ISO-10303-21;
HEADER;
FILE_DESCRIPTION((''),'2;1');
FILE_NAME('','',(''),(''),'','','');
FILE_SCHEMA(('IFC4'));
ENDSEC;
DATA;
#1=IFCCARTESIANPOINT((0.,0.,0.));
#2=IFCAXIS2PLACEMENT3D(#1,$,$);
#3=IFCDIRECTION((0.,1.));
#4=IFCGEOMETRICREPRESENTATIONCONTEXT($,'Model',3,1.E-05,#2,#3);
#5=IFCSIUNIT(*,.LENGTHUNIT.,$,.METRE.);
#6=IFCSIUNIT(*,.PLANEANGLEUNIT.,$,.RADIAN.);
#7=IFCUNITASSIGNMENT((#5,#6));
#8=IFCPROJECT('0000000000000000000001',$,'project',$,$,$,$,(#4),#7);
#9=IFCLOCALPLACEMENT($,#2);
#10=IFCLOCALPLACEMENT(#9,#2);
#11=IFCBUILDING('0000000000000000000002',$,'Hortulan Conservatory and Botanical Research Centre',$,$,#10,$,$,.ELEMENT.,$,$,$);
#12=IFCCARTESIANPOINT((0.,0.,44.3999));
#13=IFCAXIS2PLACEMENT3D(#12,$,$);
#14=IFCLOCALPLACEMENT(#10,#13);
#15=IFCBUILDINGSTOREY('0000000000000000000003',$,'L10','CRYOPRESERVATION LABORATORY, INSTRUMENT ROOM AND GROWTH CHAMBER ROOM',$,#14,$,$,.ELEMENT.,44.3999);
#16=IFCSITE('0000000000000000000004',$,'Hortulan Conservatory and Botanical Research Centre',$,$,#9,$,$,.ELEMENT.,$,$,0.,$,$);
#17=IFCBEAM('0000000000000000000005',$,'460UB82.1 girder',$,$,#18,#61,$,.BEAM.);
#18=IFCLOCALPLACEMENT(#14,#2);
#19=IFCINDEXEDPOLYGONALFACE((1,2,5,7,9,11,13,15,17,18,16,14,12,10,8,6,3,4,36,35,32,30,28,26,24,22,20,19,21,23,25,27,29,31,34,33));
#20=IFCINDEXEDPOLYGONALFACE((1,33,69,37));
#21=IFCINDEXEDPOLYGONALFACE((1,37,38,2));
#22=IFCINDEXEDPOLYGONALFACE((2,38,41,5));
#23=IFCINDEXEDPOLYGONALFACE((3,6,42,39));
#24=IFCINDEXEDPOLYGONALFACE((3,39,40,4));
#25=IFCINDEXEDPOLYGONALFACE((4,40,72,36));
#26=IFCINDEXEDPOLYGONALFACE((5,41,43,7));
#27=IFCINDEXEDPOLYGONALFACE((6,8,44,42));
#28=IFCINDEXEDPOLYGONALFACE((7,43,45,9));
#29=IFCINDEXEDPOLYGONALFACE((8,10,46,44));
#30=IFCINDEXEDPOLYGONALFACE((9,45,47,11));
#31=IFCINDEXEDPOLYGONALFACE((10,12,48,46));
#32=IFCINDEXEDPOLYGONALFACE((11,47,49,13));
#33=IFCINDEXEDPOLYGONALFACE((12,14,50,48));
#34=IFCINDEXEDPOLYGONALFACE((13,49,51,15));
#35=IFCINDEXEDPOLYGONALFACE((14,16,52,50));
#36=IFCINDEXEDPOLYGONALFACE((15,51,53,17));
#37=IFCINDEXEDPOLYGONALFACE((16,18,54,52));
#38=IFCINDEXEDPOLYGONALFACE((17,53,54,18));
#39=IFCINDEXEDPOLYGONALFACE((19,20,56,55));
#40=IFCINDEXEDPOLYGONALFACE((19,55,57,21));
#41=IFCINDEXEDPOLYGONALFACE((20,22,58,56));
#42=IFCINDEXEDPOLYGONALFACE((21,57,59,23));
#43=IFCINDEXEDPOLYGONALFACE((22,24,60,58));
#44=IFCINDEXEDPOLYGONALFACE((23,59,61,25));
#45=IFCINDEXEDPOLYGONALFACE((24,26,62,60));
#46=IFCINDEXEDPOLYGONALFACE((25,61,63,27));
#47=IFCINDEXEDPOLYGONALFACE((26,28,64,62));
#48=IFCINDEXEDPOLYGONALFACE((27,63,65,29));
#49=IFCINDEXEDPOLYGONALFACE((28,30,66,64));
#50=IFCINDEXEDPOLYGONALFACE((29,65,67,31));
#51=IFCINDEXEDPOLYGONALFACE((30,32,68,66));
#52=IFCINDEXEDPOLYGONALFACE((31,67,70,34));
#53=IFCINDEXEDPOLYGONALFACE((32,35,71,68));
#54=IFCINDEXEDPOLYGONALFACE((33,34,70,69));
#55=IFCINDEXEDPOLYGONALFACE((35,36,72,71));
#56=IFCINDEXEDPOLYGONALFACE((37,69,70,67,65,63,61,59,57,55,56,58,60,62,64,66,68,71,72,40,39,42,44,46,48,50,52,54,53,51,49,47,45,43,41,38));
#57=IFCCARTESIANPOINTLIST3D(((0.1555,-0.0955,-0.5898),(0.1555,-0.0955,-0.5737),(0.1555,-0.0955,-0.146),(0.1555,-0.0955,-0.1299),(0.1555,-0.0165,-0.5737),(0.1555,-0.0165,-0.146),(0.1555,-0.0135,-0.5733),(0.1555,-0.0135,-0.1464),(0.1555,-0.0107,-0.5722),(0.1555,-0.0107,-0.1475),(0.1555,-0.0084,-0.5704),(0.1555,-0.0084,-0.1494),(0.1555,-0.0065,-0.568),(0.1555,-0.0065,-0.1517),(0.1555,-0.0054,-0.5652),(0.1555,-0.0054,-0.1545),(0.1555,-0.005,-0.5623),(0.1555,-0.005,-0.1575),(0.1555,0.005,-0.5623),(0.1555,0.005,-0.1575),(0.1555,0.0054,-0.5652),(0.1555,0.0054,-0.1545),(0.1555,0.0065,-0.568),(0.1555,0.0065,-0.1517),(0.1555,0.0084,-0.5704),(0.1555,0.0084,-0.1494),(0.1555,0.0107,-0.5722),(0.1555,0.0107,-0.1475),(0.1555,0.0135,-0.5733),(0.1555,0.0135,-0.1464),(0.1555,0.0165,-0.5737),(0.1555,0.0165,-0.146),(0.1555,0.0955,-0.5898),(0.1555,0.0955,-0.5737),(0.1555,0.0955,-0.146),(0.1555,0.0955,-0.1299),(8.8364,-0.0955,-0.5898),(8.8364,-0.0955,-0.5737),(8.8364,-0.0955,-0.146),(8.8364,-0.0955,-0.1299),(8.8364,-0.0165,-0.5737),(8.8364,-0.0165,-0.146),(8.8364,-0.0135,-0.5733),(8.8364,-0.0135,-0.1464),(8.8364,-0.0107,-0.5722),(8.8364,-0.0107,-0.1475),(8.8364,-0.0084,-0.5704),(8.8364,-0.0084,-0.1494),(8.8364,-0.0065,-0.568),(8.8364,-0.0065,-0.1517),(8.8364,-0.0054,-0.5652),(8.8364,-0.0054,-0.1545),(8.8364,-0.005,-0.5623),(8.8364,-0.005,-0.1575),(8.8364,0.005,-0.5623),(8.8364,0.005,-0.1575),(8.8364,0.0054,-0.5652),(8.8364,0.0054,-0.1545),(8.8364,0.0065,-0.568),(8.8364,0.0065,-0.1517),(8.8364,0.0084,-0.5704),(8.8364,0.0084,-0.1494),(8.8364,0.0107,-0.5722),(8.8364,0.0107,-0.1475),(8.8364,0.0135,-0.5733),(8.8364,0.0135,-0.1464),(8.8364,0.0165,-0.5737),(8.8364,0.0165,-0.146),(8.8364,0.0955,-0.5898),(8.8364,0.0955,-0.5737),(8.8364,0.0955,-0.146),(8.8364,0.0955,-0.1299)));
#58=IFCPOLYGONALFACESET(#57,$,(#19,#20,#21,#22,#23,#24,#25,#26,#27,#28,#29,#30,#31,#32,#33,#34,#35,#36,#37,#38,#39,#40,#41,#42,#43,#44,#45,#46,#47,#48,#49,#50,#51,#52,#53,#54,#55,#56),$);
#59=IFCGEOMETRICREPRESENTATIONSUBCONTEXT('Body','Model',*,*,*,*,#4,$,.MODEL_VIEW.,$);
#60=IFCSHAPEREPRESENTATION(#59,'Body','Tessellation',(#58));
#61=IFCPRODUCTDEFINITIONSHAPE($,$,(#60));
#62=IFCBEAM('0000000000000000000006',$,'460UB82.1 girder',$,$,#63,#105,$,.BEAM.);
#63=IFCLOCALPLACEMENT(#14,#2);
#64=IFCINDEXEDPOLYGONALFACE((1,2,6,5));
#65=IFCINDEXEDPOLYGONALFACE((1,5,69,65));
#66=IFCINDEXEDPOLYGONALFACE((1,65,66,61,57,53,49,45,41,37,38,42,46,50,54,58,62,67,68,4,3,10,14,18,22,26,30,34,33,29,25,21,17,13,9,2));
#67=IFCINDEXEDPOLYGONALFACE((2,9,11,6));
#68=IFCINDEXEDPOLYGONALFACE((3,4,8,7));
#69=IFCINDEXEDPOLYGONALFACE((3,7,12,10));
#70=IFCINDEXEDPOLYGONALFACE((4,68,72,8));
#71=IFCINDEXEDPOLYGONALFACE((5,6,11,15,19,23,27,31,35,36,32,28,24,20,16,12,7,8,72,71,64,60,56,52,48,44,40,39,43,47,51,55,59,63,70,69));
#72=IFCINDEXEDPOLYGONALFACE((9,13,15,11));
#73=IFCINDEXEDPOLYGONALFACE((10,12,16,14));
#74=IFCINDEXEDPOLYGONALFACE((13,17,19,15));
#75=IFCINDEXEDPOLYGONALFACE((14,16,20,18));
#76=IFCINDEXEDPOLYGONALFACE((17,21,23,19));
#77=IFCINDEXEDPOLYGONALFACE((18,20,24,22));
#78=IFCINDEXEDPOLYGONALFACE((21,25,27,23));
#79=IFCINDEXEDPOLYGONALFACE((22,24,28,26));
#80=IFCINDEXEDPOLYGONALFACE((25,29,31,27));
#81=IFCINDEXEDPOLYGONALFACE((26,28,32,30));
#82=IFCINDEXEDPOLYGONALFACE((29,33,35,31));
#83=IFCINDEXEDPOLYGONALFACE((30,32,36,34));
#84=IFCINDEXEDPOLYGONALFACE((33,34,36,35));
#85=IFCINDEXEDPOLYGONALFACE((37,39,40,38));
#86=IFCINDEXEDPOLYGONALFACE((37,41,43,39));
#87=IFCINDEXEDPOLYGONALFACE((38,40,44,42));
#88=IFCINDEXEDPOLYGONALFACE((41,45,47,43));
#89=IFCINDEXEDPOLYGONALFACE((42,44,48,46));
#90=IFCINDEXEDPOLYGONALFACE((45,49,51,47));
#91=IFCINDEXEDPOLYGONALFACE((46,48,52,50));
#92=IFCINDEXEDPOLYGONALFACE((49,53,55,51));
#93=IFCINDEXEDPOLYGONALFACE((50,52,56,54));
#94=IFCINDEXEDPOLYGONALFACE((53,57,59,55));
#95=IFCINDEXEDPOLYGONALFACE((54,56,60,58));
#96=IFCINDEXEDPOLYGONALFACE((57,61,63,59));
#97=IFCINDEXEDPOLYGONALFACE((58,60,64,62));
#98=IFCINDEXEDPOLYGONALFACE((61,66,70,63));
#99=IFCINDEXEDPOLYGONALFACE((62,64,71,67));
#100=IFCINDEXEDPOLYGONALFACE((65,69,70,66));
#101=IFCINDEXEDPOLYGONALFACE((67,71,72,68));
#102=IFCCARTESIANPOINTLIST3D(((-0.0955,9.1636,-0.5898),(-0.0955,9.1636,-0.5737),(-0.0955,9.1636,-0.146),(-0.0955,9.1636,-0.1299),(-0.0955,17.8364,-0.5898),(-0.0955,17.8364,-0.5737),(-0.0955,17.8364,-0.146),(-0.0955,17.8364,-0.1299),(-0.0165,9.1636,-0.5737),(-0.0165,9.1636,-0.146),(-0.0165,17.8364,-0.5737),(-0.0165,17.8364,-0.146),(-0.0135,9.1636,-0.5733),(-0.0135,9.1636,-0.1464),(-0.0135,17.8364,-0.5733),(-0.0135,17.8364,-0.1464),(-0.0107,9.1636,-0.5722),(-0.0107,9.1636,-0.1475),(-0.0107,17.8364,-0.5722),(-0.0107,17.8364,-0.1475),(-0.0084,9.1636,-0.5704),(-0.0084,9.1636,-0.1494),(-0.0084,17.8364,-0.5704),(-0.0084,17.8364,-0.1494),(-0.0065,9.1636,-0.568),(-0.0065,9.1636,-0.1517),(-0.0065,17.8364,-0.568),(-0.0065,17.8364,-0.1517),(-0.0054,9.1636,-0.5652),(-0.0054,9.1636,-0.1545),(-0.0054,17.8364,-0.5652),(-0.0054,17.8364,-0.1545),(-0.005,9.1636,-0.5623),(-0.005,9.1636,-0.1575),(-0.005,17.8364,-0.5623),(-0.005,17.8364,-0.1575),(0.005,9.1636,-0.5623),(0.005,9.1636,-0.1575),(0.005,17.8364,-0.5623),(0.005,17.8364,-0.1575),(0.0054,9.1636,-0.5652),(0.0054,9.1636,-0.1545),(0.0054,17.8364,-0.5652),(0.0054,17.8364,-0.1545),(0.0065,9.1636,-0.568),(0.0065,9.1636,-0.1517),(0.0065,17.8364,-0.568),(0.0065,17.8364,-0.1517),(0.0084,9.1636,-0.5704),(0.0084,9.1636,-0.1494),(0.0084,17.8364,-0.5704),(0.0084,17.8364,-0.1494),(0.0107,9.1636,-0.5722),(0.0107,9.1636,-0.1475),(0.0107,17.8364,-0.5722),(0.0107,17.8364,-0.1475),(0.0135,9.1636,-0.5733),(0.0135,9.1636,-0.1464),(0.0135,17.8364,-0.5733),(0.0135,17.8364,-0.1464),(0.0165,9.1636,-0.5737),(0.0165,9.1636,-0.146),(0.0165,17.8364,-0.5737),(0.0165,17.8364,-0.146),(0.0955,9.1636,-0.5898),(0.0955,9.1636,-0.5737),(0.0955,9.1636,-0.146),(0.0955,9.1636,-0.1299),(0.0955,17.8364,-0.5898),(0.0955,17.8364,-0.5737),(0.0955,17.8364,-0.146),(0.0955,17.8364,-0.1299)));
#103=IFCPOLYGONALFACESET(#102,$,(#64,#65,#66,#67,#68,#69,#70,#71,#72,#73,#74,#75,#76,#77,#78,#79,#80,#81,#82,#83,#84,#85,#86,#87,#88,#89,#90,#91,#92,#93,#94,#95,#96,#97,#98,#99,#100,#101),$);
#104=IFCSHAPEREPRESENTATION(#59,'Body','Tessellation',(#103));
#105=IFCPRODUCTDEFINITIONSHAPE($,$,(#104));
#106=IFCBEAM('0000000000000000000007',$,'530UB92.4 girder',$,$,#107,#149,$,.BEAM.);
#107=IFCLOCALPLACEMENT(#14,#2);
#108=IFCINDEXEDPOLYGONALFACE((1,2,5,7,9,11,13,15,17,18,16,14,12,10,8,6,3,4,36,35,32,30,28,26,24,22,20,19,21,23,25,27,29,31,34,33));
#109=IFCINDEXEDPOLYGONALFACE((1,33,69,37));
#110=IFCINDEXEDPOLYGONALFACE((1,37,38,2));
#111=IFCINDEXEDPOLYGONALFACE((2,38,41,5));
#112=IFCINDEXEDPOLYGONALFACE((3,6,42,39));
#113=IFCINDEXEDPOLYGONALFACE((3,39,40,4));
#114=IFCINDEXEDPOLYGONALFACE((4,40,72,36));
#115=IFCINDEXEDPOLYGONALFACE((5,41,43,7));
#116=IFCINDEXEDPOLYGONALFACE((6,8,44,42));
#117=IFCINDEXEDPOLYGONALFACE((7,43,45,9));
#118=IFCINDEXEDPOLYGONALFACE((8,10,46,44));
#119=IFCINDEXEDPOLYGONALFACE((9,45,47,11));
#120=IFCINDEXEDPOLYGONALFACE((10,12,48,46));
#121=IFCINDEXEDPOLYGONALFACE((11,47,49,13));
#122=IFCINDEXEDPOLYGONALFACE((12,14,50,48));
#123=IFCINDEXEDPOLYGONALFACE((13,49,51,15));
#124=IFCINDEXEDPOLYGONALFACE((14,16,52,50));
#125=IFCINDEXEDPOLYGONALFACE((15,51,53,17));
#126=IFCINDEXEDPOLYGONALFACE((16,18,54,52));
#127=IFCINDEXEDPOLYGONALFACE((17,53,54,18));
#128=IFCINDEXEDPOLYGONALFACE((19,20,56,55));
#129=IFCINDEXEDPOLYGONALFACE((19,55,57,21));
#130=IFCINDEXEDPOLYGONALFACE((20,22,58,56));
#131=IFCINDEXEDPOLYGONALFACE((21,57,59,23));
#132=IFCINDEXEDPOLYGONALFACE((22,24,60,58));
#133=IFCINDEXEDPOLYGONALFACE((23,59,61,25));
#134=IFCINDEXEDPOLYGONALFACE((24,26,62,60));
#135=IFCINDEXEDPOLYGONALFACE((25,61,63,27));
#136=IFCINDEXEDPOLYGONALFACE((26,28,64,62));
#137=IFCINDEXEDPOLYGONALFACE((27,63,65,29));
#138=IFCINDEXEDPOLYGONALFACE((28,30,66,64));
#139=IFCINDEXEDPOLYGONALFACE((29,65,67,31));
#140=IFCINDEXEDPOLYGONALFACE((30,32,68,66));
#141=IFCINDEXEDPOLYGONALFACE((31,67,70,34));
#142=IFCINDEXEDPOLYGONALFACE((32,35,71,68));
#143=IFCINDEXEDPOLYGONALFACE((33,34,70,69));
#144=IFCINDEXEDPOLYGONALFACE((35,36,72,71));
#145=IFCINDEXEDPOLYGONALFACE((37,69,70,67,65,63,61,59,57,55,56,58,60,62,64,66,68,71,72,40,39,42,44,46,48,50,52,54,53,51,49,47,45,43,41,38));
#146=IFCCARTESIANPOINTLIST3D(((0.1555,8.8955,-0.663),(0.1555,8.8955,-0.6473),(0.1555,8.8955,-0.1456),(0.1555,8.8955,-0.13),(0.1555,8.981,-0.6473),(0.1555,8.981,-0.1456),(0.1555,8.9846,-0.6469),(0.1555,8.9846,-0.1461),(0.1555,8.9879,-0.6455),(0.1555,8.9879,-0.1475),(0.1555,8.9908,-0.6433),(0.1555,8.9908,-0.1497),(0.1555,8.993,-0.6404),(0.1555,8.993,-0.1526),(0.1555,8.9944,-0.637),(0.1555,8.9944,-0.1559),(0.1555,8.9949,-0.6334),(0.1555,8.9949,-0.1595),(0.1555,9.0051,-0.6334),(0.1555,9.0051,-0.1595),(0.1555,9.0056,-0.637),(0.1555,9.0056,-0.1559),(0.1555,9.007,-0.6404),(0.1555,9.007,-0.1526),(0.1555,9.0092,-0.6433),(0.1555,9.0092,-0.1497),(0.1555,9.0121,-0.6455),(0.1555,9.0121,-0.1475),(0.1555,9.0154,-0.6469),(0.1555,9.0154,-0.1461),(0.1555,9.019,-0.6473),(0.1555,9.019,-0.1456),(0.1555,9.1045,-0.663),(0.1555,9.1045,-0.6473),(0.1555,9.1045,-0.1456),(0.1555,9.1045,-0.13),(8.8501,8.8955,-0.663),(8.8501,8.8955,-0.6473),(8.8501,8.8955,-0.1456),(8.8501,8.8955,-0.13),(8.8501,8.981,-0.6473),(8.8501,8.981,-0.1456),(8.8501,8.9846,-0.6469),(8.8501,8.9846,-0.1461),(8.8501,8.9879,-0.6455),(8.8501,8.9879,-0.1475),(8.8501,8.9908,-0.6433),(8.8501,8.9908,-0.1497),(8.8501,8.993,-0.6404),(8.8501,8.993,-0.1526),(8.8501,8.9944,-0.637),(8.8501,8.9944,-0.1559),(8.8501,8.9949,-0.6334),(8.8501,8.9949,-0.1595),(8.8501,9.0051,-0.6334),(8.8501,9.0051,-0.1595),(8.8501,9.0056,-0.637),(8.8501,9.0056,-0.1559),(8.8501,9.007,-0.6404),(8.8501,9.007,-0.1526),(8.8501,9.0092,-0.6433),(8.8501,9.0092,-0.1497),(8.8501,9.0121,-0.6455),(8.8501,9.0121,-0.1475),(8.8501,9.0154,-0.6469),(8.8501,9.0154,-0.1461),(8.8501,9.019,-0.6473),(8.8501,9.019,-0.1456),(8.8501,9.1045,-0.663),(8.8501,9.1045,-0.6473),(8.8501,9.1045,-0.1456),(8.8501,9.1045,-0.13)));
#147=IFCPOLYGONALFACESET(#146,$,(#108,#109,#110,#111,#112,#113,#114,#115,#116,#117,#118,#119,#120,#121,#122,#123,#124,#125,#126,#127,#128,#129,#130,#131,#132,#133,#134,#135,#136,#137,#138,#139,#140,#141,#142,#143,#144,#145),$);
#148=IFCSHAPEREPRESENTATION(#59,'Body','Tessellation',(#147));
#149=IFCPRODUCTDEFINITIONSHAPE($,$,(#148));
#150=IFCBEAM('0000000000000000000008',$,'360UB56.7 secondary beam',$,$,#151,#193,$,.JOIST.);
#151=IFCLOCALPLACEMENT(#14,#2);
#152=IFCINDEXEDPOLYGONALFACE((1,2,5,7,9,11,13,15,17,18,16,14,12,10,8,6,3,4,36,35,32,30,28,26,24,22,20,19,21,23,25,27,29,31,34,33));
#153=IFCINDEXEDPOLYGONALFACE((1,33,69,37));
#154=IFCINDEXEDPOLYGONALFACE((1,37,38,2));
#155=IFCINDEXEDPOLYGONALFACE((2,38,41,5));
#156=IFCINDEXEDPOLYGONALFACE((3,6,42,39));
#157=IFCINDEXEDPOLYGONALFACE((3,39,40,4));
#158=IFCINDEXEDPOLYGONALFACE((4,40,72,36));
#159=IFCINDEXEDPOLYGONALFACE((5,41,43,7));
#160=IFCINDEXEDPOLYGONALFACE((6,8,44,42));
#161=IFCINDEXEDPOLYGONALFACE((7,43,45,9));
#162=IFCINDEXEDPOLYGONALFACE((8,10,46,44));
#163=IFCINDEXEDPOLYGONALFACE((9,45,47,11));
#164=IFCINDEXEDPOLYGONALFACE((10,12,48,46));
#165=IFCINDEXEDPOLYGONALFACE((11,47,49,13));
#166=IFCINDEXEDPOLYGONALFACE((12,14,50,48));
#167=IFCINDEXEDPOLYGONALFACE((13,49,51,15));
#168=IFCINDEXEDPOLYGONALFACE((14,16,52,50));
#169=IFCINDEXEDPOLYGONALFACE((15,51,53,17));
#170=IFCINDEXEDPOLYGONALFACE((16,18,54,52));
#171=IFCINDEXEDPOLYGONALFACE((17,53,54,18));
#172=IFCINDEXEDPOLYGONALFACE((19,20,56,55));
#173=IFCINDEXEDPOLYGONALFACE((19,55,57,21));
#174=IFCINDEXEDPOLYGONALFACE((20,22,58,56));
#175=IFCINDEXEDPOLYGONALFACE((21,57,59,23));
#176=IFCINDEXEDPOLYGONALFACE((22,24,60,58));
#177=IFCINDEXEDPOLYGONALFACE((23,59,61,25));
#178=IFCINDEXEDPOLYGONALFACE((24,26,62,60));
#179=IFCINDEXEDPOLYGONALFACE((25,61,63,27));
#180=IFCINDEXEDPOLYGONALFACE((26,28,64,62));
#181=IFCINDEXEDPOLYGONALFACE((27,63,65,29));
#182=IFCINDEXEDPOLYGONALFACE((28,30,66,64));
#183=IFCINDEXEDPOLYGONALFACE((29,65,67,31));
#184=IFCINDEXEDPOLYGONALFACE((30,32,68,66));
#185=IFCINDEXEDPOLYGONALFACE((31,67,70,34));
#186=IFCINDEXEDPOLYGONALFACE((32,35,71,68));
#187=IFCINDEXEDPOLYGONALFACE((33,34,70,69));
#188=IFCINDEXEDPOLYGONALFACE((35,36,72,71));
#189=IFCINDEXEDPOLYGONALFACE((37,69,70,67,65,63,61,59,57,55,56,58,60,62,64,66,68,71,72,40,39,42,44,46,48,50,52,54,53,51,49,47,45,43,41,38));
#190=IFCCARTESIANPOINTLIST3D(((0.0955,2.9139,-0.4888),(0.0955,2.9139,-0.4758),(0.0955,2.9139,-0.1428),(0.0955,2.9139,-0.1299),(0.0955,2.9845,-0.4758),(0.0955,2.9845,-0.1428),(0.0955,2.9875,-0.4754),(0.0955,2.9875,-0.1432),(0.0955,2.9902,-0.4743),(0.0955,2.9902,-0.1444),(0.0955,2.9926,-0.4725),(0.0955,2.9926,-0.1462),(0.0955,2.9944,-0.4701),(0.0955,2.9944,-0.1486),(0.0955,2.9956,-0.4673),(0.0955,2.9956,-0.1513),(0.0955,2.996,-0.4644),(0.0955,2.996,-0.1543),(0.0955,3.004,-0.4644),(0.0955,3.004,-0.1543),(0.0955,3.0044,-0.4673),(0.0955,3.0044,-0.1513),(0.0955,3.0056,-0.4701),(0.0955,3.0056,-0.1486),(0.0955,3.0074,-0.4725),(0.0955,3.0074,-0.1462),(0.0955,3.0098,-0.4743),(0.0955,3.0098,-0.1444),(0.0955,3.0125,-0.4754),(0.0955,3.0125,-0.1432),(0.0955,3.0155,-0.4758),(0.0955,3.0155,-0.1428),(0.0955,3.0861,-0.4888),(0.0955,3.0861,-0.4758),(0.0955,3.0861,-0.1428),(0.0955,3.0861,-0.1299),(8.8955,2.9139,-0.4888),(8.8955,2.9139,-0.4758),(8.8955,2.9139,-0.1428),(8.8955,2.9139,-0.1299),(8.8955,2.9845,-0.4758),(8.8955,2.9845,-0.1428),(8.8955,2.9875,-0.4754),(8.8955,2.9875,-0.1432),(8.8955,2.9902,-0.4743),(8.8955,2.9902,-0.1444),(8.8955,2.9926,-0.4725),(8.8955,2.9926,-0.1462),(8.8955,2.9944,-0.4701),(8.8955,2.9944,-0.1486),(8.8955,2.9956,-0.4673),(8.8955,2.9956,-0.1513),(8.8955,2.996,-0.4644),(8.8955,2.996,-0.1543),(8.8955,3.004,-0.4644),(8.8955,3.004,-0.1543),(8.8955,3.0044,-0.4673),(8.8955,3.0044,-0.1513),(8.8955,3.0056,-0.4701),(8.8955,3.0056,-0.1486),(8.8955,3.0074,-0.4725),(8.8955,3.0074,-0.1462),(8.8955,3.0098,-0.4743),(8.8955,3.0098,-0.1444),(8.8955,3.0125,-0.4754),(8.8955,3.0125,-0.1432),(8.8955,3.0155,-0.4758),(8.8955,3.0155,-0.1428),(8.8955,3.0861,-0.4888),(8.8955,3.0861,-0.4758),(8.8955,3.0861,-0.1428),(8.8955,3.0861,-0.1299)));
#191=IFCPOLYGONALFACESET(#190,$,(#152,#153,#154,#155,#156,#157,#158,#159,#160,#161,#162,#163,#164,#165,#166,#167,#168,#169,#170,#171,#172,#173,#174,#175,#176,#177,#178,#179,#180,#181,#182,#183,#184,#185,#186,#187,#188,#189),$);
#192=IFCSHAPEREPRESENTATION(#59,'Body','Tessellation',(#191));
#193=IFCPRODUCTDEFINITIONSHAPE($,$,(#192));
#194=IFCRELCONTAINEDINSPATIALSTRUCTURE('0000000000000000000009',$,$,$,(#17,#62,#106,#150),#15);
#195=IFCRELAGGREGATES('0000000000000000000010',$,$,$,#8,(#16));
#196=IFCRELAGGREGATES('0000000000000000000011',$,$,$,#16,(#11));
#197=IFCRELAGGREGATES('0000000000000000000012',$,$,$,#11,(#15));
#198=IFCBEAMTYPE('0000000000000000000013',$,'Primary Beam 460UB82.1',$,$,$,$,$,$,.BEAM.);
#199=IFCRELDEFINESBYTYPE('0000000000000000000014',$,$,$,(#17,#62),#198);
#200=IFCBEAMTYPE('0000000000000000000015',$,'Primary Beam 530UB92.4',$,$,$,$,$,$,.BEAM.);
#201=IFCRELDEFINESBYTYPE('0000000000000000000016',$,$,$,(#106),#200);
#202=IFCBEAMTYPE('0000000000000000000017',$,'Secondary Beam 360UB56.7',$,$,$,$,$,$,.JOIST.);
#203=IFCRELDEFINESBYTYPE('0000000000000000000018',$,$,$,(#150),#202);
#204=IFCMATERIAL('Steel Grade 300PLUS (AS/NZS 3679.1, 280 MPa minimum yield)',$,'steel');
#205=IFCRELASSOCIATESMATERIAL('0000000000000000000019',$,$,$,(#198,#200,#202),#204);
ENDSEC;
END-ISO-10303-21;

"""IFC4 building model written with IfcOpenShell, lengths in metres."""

from ifc_helpers import new_model, si_unit, direction, frame, origin, origin_2d, place, context, subcontext, project, spatial, i_section, extrude, material, material_profile, profile_set, type_object, element, save


model = new_model("IFC4")

# Units and contexts
model_context = context("Model", 3, precision=1e-05, world=origin(), true_north=direction((0.0, 1.0)))
body_context = subcontext(model_context, "Body", "Model", "MODEL_VIEW")
ifc_project = project(units=[si_unit("LENGTHUNIT", "METRE"), si_unit("PLANEANGLEUNIT", "RADIAN")], contexts=[model_context])

# Site, building, storey
site_placement = place(None, origin())
site = spatial("IfcSite", under=ifc_project, at=site_placement, Name="Hortulan Conservatory and Botanical Research Centre", CompositionType="ELEMENT", RefElevation=0.0)
building_placement = place(site_placement, origin())
building = spatial("IfcBuilding", under=site, at=building_placement, Name="Hortulan Conservatory and Botanical Research Centre", CompositionType="ELEMENT")
storey_placement = place(building_placement, frame((0.0, 0.0, 44.3999)))
storey = spatial("IfcBuildingStorey", under=building, at=storey_placement, Name="L10", Description="CRYOPRESERVATION LABORATORY, INSTRUMENT ROOM AND GROWTH CHAMBER ROOM", CompositionType="ELEMENT", Elevation=44.3999)

# Shared definitions
ifc_material_1 = material(Name="Steel Grade 300PLUS (AS/NZS 3679.1, 280 MPa minimum yield)", Category="steel")

# Beams
ifc_material_profile_1 = material_profile(ifc_material_1, i_section(OverallWidth=0.1909, OverallDepth=0.46, WebThickness=0.01, FlangeThickness=0.0161, FilletRadius=0.0115, at=origin_2d()), Name="460UB82.1")
ifc_profile_set_1 = profile_set([ifc_material_profile_1], Name="Steel Grade 300PLUS (AS/NZS 3679.1, 280 MPa minimum yield)")
beam_type_1 = type_object("IfcBeamType", Name="Primary Beam 460UB82.1", PredefinedType="BEAM", material=ifc_profile_set_1)
beam_1_placement = place(storey_placement, frame((0.1555, 0.0, -0.3599), z_axis=(1.0, 0.0, 0.0), x_axis=(0.0, 1.0, 0.0)))
element("IfcBeam", 1, at=beam_1_placement, inside=storey, type_object=beam_type_1, Name="460UB82.1 girder", PredefinedType="BEAM", context=body_context, shape_type="SweptSolid", body=[
    extrude(i_section(OverallWidth=0.1909, OverallDepth=0.46, WebThickness=0.01, FlangeThickness=0.0161, FilletRadius=0.0115, at=origin_2d()), origin(), (0.0, 0.0, 1.0), 8.6809),
])
beam_2_placement = place(storey_placement, frame((0.0, 9.1636, -0.3599), z_axis=(0.0, 1.0, 0.0), x_axis=(-1.0, 0.0, 0.0)))
element("IfcBeam", 2, at=beam_2_placement, inside=storey, type_object=beam_type_1, Name="460UB82.1 girder", PredefinedType="BEAM", context=body_context, shape_type="SweptSolid", body=[
    extrude(i_section(OverallWidth=0.1909, OverallDepth=0.46, WebThickness=0.01, FlangeThickness=0.0161, FilletRadius=0.0115, at=origin_2d()), origin(), (0.0, 0.0, 1.0), 8.6729),
])
ifc_material_profile_2 = material_profile(ifc_material_1, i_section(OverallWidth=0.209, OverallDepth=0.533, WebThickness=0.0103, FlangeThickness=0.0156, FilletRadius=0.0139, at=origin_2d()), Name="530UB92.4")
ifc_profile_set_2 = profile_set([ifc_material_profile_2], Name="Steel Grade 300PLUS (AS/NZS 3679.1, 280 MPa minimum yield)")
beam_type_2 = type_object("IfcBeamType", Name="Primary Beam 530UB92.4", PredefinedType="BEAM", material=ifc_profile_set_2)
beam_3_placement = place(storey_placement, frame((0.1555, 9.0, -0.3965), z_axis=(1.0, 0.0, 0.0), x_axis=(0.0, 1.0, 0.0)))
element("IfcBeam", 3, at=beam_3_placement, inside=storey, type_object=beam_type_2, Name="530UB92.4 girder", PredefinedType="BEAM", context=body_context, shape_type="SweptSolid", body=[
    extrude(i_section(OverallWidth=0.209, OverallDepth=0.533, WebThickness=0.0103, FlangeThickness=0.0156, FilletRadius=0.0139, at=origin_2d()), origin(), (0.0, 0.0, 1.0), 8.6946),
])
ifc_material_profile_3 = material_profile(ifc_material_1, i_section(OverallWidth=0.1721, OverallDepth=0.3589, WebThickness=0.0081, FlangeThickness=0.0129, FilletRadius=0.0115, at=origin_2d()), Name="360UB56.7")
ifc_profile_set_3 = profile_set([ifc_material_profile_3], Name="Steel Grade 300PLUS (AS/NZS 3679.1, 280 MPa minimum yield)")
beam_type_3 = type_object("IfcBeamType", Name="Secondary Beam 360UB56.7", PredefinedType="JOIST", material=ifc_profile_set_3)
for number, where, z_axis, x_axis, name in (
    (4, (0.0955, 3.0, -0.3093), (1.0, 0.0, 0.0), (0.0, 1.0, 0.0), "360UB56.7 secondary beam"),
):
    element("IfcBeam", number, at=place(storey_placement, frame(where, z_axis=z_axis, x_axis=x_axis)), inside=storey, type_object=beam_type_3, Name=name, PredefinedType="JOIST", context=body_context, shape_type="SweptSolid", body=[
        extrude(i_section(OverallWidth=0.1721, OverallDepth=0.3589, WebThickness=0.0081, FlangeThickness=0.0129, FilletRadius=0.0115, at=origin_2d()), origin(), (0.0, 0.0, 1.0), 8.8),
    ])

save(model, "model.ifc")
